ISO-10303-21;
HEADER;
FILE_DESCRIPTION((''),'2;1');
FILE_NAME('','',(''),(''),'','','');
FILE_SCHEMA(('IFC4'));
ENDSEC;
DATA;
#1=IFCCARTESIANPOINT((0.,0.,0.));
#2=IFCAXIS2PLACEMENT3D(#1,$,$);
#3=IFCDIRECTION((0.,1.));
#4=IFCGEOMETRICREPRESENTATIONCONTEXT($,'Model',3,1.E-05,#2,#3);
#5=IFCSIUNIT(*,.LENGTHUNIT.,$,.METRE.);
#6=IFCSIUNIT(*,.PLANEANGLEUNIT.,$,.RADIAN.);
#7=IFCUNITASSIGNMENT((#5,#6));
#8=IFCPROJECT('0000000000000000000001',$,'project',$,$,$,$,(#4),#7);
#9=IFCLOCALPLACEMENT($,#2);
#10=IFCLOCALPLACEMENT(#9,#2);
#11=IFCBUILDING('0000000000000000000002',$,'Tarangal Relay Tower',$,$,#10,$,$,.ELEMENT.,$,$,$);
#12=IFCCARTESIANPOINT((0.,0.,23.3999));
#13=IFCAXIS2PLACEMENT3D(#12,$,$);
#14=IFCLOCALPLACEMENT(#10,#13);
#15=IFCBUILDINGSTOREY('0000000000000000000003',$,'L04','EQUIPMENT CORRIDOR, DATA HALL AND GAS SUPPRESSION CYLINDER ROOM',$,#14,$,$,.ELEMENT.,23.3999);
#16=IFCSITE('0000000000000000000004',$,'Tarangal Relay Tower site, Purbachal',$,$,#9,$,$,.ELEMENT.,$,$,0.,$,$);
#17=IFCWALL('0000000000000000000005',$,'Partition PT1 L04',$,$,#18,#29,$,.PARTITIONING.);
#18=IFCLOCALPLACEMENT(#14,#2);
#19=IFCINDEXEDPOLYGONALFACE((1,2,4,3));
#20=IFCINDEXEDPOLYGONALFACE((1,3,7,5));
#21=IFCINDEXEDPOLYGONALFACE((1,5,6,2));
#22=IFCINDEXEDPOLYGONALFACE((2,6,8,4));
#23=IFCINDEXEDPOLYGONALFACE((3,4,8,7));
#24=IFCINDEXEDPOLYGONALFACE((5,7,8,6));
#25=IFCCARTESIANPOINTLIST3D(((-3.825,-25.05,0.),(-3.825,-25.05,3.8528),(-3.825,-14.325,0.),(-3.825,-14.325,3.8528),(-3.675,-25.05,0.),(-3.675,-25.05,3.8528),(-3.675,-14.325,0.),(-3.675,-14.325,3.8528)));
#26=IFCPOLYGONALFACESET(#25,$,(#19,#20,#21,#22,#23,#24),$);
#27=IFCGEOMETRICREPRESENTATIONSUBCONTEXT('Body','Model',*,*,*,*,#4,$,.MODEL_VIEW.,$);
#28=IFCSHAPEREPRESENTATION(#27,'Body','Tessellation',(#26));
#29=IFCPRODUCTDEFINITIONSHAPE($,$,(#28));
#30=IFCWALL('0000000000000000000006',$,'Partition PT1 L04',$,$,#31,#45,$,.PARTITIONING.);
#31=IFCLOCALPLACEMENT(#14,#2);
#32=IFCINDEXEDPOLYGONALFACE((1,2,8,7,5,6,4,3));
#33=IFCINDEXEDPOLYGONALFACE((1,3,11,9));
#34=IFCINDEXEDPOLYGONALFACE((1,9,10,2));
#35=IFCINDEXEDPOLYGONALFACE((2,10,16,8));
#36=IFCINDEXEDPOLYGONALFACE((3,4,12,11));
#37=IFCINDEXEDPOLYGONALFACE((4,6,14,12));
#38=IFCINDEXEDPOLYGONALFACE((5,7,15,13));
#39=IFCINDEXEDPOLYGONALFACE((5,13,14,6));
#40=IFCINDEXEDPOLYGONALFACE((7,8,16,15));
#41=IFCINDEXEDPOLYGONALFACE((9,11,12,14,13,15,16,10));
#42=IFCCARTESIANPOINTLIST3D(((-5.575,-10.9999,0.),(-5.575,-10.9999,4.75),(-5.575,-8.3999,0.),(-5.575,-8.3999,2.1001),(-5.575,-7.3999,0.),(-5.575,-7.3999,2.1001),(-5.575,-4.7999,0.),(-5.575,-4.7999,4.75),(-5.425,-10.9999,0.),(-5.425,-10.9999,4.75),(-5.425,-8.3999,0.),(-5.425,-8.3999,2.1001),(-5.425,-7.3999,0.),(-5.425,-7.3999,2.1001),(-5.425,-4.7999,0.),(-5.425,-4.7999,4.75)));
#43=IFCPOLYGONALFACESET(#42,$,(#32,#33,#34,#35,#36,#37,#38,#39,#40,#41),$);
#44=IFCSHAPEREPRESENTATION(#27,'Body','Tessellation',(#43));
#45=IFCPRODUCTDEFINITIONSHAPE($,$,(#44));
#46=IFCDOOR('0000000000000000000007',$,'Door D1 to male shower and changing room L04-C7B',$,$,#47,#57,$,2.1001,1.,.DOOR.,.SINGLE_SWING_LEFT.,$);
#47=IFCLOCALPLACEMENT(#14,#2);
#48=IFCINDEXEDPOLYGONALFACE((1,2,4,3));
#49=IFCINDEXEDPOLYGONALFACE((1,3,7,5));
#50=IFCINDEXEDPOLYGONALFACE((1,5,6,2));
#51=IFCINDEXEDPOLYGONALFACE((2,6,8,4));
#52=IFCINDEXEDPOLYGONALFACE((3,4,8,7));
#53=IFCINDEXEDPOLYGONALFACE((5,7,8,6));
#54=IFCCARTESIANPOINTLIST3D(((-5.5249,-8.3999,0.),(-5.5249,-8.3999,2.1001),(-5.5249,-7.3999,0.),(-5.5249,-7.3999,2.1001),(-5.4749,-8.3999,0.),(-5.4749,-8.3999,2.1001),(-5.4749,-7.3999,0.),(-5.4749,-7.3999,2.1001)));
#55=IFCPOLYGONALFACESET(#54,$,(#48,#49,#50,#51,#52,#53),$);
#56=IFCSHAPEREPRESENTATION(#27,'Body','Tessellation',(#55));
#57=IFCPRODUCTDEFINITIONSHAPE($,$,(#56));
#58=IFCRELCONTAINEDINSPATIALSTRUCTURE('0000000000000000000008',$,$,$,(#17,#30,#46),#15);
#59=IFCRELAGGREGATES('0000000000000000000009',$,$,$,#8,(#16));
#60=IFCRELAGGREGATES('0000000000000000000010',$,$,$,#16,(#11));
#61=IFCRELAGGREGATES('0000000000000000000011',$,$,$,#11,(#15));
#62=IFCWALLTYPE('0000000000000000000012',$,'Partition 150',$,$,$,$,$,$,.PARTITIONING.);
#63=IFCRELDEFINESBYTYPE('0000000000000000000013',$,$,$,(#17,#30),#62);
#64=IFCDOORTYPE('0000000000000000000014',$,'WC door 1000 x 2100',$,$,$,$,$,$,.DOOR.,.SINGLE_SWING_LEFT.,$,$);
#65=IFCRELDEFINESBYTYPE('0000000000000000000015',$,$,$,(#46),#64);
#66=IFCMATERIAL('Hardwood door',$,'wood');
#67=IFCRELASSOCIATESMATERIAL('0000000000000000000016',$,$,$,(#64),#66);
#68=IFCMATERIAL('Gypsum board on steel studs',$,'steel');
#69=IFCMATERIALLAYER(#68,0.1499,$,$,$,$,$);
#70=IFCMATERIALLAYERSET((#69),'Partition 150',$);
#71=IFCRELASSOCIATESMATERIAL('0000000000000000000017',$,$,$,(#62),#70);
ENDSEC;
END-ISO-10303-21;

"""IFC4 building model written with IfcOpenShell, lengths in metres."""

from ifc_helpers import new_model, si_unit, direction, frame, frame_2d, origin, place, context, subcontext, project, spatial, rectangle, extrude, material, layer, layer_set, type_object, element, fill, save


model = new_model("IFC4")

# Units and contexts
model_context = context("Model", 3, precision=1e-05, world=origin(), true_north=direction((0.0, 1.0)))
body_context = subcontext(model_context, "Body", "Model", "MODEL_VIEW")
ifc_project = project(units=[si_unit("LENGTHUNIT", "METRE"), si_unit("PLANEANGLEUNIT", "RADIAN")], contexts=[model_context])

# Site, building, storey
site_placement = place(None, origin())
site = spatial("IfcSite", under=ifc_project, at=site_placement, Name="Tarangal Relay Tower site, Purbachal", CompositionType="ELEMENT", RefElevation=0.0)
building_placement = place(site_placement, origin())
building = spatial("IfcBuilding", under=site, at=building_placement, Name="Tarangal Relay Tower", CompositionType="ELEMENT")
storey_placement = place(building_placement, frame((0.0, 0.0, 23.3999)))
storey = spatial("IfcBuildingStorey", under=building, at=storey_placement, Name="L04", Description="EQUIPMENT CORRIDOR, DATA HALL AND GAS SUPPRESSION CYLINDER ROOM", CompositionType="ELEMENT", Elevation=23.3999)

# Shared definitions
ifc_material_1 = material(Name="Hardwood door", Category="wood")
door_type = type_object("IfcDoorType", Name="WC door 1000 x 2100", OperationType="SINGLE_SWING_LEFT", PredefinedType="DOOR", material=ifc_material_1)

# Wall
ifc_material_2 = material(Name="Gypsum board on steel studs", Category="steel")
ifc_layer_1 = layer(ifc_material_2, 0.1499)
ifc_layer_set_1 = layer_set([ifc_layer_1], Name="Partition 150")
wall_type_1 = type_object("IfcWallType", Name="Partition 150", PredefinedType="PARTITIONING", material=ifc_layer_set_1)
wall_1_placement = place(storey_placement, frame((-3.75, -25.05, 0.0), z_axis=(0.0, 0.0, 1.0), x_axis=(0.0, 1.0, 0.0)))
element("IfcWall", 1, at=wall_1_placement, inside=storey, type_object=wall_type_1, Name="Partition PT1 L04", PredefinedType="PARTITIONING", context=body_context, shape_type="SweptSolid", body=[
    extrude(rectangle(XDim=10.7251, YDim=0.1499, at=frame_2d((5.3625, 0.0))), origin(), (0.0, 0.0, 1.0), 3.8528),
])

# Wall, opening, door
wall_2_placement = place(storey_placement, frame((-5.5, -11.0, 0.0), z_axis=(0.0, 0.0, 1.0), x_axis=(0.0, 1.0, 0.0)))
wall_2 = element("IfcWall", 2, at=wall_2_placement, inside=storey, type_object=wall_type_1, Name="Partition PT1 L04", PredefinedType="PARTITIONING", context=body_context, shape_type="SweptSolid", body=[
    extrude(rectangle(XDim=6.2, YDim=0.1499, at=frame_2d((3.1001, 0.0))), origin(), (0.0, 0.0, 1.0), 4.75),
])
opening_1_placement = place(wall_2_placement, frame((2.6001, 0.0, 0.0)))
opening_1 = element("IfcOpeningElement", 3, at=opening_1_placement, cuts=wall_2, PredefinedType="OPENING", context=body_context, shape_type="SweptSolid", body=[
    extrude(rectangle(XDim=1.0, YDim=2.1001, at=frame_2d((0.5, 1.05))), frame((0.0, 0.085, 0.0), z_axis=(0.0, -1.0, 0.0), x_axis=(1.0, 0.0, 0.0)), (0.0, 0.0, 1.0), 0.1699),
])
door_1_placement = place(opening_1_placement, origin())
door_1 = element("IfcDoor", 4, at=door_1_placement, inside=storey, type_object=door_type, Name="Door D1 to male shower and changing room L04-C7B", OperationType="SINGLE_SWING_LEFT", OverallHeight=2.1001, OverallWidth=1.0, PredefinedType="DOOR", context=body_context, shape_type="SweptSolid", body=[
    extrude(rectangle(XDim=1.0, YDim=2.1001, at=frame_2d((0.5, 1.05))), frame((0.0, 0.0249, 0.0), z_axis=(0.0, -1.0, 0.0), x_axis=(1.0, 0.0, 0.0)), (0.0, 0.0, 1.0), 0.05),
])
fill(opening_1, door_1)

save(model, "model.ifc")
